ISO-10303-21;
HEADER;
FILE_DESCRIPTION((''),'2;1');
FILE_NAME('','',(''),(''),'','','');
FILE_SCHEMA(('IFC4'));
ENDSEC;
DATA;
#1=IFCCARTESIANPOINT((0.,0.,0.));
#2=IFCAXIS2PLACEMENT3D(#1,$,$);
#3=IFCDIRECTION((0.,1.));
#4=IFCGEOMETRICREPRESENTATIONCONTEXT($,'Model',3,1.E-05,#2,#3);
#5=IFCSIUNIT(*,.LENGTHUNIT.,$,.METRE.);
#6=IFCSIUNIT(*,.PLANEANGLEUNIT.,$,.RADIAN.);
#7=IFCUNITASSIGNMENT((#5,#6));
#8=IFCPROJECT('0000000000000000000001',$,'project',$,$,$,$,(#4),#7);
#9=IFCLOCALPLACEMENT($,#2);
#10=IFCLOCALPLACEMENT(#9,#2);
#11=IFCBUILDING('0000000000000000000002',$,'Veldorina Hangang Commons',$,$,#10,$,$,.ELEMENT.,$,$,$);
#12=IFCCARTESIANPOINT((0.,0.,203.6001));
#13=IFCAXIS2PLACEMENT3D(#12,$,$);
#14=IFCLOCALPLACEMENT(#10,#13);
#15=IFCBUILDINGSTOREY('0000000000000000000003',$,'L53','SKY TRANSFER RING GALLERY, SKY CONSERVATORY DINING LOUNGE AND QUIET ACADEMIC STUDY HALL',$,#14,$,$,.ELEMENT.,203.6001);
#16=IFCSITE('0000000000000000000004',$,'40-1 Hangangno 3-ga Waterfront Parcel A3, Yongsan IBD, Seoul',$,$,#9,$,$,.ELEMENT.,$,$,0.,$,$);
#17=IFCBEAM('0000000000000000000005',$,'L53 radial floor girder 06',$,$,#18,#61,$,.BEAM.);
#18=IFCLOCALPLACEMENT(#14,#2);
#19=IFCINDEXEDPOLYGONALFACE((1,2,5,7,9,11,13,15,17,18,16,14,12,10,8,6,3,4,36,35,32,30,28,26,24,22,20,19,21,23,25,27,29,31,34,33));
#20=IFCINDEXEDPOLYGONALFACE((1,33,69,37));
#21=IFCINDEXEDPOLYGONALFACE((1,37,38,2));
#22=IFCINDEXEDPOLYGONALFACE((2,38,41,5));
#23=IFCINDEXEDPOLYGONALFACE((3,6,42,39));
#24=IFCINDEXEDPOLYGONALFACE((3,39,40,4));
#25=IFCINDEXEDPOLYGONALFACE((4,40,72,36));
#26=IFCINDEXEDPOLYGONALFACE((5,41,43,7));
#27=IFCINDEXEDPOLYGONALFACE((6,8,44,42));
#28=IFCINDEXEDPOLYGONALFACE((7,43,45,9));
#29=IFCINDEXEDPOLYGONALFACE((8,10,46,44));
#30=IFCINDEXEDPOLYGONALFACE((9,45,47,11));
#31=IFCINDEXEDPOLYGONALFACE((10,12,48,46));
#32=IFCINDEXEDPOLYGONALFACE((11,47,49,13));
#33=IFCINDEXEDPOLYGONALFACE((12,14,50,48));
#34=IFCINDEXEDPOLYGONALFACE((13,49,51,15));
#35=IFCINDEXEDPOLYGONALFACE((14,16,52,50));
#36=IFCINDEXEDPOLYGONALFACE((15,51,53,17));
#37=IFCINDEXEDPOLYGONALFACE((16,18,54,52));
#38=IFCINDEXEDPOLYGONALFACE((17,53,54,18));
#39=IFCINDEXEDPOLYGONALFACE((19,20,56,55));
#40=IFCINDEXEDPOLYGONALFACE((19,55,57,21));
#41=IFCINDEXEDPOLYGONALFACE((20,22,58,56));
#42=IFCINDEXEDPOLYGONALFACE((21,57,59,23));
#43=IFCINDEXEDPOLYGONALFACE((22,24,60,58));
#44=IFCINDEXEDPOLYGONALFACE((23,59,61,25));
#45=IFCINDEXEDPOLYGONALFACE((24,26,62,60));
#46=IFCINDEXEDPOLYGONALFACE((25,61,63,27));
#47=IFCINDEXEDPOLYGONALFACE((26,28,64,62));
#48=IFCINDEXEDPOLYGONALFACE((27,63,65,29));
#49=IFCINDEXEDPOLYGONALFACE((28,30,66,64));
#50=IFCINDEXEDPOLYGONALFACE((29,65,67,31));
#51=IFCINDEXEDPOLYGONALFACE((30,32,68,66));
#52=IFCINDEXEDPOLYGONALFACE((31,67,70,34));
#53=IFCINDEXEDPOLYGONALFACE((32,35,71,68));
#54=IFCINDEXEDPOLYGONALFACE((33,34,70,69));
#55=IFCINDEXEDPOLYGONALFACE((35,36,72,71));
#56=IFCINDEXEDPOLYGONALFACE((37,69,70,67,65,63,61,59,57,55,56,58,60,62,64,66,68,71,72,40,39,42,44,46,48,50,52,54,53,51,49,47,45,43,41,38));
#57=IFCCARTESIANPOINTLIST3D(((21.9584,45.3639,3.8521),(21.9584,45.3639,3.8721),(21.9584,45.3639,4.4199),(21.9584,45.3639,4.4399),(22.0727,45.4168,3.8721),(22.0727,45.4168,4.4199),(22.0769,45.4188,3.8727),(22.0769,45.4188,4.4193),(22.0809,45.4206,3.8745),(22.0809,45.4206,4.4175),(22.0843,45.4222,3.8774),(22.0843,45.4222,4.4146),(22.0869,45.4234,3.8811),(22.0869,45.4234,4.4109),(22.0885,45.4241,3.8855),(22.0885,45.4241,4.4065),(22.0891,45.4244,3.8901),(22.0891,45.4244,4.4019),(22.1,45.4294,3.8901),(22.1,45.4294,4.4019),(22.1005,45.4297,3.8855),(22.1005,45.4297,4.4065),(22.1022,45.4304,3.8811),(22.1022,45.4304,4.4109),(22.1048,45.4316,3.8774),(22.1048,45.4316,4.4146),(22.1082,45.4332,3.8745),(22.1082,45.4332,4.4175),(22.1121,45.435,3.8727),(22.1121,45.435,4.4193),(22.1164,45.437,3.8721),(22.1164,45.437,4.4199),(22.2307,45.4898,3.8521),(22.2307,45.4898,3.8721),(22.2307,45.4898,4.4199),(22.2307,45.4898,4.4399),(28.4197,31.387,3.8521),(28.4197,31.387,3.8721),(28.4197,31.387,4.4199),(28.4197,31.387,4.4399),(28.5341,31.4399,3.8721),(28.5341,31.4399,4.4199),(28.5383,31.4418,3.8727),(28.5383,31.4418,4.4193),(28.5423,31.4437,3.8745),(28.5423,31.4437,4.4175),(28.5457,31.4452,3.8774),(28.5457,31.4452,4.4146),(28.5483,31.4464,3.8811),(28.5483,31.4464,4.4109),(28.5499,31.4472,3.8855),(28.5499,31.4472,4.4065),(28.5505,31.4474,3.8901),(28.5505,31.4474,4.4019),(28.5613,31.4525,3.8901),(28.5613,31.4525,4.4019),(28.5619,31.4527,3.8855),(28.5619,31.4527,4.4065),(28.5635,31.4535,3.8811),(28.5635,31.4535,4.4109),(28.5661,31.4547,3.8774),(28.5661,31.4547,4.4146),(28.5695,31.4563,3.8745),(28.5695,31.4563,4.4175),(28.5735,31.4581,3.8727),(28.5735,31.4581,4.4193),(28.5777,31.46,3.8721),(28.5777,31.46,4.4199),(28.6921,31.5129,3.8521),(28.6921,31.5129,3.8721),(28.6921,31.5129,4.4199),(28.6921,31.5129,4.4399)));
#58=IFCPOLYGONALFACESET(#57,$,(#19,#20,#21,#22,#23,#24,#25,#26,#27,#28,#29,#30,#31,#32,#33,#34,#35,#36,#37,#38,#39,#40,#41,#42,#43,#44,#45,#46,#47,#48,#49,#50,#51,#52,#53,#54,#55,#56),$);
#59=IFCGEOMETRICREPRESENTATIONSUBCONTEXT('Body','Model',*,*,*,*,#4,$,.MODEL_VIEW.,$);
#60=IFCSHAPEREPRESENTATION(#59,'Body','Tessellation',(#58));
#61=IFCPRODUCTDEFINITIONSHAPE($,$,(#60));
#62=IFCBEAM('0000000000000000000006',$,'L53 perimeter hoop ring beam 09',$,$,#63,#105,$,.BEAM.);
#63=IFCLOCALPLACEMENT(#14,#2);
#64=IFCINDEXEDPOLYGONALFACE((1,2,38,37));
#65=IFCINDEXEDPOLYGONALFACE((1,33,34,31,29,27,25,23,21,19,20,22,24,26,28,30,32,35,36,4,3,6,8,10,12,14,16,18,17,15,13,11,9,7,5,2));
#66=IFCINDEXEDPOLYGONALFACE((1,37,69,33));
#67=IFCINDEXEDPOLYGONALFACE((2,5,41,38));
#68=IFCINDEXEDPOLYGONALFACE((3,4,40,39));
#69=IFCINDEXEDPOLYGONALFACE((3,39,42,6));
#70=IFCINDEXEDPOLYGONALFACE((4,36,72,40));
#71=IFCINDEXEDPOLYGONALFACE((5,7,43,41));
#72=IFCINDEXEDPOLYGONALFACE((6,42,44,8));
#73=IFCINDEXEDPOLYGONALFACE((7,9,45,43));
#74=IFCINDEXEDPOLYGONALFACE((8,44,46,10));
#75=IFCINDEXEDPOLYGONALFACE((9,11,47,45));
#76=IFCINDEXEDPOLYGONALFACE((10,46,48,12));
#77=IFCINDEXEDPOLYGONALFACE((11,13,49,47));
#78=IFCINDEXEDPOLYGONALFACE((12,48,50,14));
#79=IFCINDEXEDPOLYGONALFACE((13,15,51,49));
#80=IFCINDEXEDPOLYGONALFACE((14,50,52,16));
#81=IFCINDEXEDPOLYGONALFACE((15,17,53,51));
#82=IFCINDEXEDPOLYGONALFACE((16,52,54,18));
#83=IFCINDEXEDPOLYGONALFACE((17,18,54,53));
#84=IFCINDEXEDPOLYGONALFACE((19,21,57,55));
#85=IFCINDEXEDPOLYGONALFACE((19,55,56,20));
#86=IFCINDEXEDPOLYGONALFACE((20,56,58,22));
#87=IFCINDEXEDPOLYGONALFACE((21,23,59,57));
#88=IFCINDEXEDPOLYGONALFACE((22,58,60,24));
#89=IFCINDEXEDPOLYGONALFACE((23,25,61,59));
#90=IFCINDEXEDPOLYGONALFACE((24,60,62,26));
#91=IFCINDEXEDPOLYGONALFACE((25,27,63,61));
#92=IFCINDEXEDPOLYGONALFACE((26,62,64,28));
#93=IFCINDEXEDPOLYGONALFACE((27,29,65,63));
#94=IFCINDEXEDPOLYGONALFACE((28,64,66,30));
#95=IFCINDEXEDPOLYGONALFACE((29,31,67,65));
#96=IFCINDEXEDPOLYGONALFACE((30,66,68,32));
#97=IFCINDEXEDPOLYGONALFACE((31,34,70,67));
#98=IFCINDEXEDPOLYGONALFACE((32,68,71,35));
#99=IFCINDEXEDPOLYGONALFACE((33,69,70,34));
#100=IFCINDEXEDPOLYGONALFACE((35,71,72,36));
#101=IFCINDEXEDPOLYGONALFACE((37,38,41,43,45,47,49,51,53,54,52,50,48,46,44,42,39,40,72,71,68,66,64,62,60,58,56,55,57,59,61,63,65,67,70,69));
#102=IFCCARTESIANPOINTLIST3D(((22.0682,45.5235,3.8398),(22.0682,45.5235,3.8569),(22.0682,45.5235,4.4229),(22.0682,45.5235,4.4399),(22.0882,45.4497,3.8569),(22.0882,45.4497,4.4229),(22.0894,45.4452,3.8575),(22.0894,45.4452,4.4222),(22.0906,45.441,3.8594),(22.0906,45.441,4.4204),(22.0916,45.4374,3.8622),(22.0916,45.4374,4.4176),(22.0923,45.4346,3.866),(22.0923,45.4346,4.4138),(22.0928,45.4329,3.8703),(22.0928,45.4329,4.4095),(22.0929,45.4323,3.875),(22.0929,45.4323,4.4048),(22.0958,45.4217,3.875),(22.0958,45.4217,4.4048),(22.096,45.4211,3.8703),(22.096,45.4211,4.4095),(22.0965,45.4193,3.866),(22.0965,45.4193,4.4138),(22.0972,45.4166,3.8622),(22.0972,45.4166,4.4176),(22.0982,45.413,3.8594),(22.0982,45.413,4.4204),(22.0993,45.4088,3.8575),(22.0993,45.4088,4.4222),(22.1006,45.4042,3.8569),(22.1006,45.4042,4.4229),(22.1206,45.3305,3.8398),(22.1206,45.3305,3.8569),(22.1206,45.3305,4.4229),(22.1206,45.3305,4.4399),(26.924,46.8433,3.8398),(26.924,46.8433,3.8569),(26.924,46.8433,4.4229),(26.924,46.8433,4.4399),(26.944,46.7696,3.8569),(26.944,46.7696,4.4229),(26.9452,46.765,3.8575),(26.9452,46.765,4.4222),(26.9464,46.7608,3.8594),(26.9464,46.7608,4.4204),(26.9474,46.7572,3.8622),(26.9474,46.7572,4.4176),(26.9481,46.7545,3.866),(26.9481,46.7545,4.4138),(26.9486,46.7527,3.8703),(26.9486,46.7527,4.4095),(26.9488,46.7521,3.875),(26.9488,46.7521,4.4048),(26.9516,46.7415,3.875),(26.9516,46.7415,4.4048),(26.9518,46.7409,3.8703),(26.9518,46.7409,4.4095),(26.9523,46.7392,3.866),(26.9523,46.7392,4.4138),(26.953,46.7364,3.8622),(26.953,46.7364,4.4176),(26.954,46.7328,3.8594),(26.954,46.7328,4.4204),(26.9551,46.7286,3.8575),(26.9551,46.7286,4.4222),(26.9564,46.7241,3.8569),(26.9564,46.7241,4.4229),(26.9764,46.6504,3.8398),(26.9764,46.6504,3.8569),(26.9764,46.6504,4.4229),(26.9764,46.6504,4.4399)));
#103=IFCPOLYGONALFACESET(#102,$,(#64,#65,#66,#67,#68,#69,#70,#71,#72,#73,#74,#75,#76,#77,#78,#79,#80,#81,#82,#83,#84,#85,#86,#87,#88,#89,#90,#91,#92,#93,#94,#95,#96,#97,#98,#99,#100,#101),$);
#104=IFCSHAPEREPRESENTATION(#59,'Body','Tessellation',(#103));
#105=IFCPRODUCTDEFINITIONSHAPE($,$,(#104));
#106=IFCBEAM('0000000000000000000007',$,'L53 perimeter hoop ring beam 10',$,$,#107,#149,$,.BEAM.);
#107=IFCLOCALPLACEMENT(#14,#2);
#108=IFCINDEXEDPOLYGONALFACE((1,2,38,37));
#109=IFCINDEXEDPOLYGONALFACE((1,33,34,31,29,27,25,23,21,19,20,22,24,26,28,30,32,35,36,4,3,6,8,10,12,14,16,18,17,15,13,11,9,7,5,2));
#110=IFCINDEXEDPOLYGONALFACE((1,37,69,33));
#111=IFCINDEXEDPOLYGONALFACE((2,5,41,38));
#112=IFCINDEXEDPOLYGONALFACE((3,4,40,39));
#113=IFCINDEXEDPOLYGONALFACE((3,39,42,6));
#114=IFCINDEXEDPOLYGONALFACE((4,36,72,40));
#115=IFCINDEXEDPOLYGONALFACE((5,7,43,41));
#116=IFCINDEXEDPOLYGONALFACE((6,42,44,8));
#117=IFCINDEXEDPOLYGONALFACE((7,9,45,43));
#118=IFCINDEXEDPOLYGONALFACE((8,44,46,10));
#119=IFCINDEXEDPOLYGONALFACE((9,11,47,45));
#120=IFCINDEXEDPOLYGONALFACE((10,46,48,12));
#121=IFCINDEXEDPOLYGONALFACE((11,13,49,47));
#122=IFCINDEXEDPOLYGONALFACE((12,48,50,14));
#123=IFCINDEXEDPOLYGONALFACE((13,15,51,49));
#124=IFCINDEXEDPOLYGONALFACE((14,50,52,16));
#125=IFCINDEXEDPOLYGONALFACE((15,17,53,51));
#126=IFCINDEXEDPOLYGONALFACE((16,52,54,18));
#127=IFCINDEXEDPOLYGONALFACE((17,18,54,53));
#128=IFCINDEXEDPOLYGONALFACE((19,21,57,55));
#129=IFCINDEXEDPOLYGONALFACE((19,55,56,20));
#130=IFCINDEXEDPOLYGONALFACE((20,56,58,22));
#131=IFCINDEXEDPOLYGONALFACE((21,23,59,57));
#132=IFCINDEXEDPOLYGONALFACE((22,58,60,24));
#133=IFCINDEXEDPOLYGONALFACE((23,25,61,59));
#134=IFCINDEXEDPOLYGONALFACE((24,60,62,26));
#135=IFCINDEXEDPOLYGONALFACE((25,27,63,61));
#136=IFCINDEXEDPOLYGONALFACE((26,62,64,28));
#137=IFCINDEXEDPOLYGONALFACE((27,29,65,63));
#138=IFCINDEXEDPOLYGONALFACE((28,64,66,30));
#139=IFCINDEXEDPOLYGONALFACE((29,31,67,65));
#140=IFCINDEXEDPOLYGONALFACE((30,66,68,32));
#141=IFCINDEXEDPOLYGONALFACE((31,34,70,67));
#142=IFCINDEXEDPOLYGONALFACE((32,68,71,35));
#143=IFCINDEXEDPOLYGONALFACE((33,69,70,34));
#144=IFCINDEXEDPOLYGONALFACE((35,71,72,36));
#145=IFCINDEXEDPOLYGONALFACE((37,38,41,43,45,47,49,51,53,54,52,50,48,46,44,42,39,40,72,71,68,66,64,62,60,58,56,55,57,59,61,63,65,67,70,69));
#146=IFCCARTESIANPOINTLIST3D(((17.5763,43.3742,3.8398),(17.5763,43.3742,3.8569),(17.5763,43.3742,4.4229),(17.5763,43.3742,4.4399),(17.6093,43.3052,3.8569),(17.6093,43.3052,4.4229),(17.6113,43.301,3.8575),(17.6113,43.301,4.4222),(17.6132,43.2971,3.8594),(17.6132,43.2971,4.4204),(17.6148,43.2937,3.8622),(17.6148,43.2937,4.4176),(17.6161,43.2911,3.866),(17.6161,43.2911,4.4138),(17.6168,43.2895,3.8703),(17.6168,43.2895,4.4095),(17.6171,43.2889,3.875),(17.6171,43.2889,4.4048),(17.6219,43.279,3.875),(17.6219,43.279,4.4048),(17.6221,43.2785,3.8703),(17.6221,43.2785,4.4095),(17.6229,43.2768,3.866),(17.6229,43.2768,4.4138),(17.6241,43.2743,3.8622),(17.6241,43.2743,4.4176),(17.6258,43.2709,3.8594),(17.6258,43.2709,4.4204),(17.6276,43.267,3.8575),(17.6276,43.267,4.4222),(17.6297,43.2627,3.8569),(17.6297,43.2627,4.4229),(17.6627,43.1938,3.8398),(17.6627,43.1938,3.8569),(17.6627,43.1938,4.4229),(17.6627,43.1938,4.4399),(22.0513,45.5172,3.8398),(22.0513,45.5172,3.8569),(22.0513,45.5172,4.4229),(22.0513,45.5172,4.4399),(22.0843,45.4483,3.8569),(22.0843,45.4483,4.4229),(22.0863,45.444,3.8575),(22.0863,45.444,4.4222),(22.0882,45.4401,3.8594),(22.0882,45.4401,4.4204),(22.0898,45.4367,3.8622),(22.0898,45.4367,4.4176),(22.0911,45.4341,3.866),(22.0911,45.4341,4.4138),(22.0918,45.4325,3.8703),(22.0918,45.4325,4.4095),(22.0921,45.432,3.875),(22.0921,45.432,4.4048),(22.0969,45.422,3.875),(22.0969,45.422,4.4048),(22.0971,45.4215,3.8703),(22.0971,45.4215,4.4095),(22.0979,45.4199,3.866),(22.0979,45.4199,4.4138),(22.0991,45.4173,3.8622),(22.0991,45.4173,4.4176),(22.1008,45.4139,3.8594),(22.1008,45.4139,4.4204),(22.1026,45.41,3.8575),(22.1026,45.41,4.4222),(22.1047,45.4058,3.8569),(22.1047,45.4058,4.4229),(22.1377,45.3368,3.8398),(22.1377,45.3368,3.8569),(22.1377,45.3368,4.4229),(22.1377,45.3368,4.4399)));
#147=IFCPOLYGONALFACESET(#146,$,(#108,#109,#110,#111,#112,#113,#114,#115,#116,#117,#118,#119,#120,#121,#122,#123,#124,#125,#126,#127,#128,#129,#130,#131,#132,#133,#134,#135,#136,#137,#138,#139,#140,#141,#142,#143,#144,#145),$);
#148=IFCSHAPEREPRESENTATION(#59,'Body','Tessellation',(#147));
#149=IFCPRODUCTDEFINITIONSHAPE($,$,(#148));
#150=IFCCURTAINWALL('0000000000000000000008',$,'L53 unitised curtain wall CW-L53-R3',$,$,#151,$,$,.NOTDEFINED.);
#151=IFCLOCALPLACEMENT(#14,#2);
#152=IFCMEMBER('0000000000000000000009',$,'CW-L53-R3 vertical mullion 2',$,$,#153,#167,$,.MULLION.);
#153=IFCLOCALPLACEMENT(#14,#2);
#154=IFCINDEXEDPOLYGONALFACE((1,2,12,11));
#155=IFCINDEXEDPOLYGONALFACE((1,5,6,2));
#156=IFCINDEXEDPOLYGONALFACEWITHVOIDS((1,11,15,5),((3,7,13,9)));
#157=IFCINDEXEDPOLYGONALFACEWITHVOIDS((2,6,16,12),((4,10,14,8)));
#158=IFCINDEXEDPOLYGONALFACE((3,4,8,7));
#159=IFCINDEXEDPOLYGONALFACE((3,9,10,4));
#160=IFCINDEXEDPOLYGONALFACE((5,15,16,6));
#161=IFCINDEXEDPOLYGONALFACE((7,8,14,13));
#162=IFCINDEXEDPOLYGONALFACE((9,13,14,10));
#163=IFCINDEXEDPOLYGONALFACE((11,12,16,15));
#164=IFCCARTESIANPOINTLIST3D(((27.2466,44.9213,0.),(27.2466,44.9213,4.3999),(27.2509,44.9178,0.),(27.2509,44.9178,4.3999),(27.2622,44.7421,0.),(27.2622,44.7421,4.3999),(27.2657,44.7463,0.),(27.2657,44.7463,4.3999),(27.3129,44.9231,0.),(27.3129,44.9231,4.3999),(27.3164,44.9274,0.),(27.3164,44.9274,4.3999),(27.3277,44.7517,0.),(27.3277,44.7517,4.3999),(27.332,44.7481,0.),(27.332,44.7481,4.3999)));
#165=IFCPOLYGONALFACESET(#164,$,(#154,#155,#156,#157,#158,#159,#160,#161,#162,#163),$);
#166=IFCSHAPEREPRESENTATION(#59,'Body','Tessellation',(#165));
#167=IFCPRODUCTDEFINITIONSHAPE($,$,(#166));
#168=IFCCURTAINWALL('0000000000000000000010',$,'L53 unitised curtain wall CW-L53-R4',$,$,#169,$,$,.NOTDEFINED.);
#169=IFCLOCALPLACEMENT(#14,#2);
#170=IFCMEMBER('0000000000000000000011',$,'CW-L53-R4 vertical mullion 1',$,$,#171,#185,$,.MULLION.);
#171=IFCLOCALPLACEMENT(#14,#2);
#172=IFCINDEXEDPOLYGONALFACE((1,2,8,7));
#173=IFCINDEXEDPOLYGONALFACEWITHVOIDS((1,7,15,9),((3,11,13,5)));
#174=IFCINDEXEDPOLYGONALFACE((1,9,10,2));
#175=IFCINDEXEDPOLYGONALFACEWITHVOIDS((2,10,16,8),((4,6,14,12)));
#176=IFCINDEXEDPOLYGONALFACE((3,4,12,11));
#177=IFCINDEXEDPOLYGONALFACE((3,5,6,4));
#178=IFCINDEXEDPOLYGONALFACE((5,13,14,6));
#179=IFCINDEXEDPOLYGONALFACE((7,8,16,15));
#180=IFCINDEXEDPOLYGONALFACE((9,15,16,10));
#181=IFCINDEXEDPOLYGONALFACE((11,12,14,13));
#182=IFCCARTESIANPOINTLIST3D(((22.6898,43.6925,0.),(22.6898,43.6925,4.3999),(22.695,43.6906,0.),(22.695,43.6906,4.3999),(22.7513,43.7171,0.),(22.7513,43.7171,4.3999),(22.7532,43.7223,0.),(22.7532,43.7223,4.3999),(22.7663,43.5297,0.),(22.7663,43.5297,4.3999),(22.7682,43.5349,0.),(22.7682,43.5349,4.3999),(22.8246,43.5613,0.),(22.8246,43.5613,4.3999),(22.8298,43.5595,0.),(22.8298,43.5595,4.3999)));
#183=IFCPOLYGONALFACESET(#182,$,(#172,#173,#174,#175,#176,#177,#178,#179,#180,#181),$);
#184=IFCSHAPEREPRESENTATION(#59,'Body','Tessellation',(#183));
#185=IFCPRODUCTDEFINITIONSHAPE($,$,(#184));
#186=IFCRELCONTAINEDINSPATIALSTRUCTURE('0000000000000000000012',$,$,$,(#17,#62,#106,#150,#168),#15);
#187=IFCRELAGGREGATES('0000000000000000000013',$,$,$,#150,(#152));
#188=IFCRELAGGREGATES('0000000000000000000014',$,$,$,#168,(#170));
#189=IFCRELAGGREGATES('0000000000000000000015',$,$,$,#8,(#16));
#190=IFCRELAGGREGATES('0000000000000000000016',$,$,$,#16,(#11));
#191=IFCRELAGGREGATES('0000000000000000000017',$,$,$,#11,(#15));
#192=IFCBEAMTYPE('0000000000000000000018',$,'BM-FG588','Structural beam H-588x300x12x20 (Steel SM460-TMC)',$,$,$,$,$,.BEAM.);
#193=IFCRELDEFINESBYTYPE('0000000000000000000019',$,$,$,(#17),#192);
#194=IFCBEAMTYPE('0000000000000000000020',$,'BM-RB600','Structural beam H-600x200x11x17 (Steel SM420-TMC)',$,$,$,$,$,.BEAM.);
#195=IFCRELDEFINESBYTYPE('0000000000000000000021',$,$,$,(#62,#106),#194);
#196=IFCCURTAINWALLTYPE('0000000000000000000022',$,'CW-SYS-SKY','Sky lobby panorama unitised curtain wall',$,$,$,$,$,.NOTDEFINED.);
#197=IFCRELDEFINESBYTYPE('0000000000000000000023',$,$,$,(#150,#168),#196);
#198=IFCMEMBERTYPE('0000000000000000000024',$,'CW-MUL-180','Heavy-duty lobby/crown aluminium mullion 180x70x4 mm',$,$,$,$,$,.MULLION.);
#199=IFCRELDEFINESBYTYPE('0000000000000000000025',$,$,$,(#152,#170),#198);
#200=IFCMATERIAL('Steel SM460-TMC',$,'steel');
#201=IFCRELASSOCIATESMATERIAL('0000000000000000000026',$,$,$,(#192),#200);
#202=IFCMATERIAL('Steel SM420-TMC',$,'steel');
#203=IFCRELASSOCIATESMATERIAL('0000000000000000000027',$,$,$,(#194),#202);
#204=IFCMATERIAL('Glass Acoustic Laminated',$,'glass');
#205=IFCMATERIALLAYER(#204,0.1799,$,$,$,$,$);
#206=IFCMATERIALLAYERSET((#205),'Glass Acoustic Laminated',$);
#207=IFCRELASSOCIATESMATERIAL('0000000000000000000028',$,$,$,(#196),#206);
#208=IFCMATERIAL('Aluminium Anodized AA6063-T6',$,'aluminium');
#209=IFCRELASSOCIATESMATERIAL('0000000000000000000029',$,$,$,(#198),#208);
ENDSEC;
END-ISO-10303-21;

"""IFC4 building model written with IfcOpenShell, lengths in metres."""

from ifc_helpers import new_model, si_unit, direction, frame, origin, origin_2d, place, context, subcontext, project, spatial, hollow_rectangle, i_section, extrude, material, layer, layer_set, material_profile, profile_set, type_object, element, aggregate, save


model = new_model("IFC4")

# Units and contexts
model_context = context("Model", 3, precision=1e-05, world=origin(), true_north=direction((0.0, 1.0)))
body_context = subcontext(model_context, "Body", "Model", "MODEL_VIEW")
ifc_project = project(units=[si_unit("LENGTHUNIT", "METRE"), si_unit("PLANEANGLEUNIT", "RADIAN")], contexts=[model_context])

# Site, building, storey
site_placement = place(None, origin())
site = spatial("IfcSite", under=ifc_project, at=site_placement, Name="40-1 Hangangno 3-ga Waterfront Parcel A3, Yongsan IBD, Seoul", CompositionType="ELEMENT", RefElevation=0.0)
building_placement = place(site_placement, origin())
building = spatial("IfcBuilding", under=site, at=building_placement, Name="Veldorina Hangang Commons", CompositionType="ELEMENT")
storey_placement = place(building_placement, frame((0.0, 0.0, 203.6001)))
storey = spatial("IfcBuildingStorey", under=building, at=storey_placement, Name="L53", Description="SKY TRANSFER RING GALLERY, SKY CONSERVATORY DINING LOUNGE AND QUIET ACADEMIC STUDY HALL", CompositionType="ELEMENT", Elevation=203.6001)

# Beams
ifc_material_1 = material(Name="Steel SM460-TMC", Category="steel")
ifc_material_profile_1 = material_profile(ifc_material_1, i_section(OverallWidth=0.3, OverallDepth=0.5879, WebThickness=0.012, FlangeThickness=0.02, FilletRadius=0.0181, at=origin_2d()), Name="H-588x300x12x20")
ifc_profile_set_1 = profile_set([ifc_material_profile_1], Name="Steel SM460-TMC")
beam_type_1 = type_object("IfcBeamType", Name="BM-FG588", Description="Structural beam H-588x300x12x20 (Steel SM460-TMC)", PredefinedType="BEAM", material=ifc_profile_set_1)
beam_1_placement = place(storey_placement, frame((28.5559, 31.45, 4.146), z_axis=(-0.419619, 0.9077, 0.0), x_axis=(-0.9077, -0.419619, 0.0)))
element("IfcBeam", 1, at=beam_1_placement, inside=storey, type_object=beam_type_1, Name="L53 radial floor girder 06", PredefinedType="BEAM", context=body_context, shape_type="SweptSolid", body=[
    extrude(i_section(OverallWidth=0.3, OverallDepth=0.5879, WebThickness=0.012, FlangeThickness=0.02, FilletRadius=0.0181, at=origin_2d()), origin(), (0.0, 0.0, 1.0), 15.3982),
])
ifc_material_2 = material(Name="Steel SM420-TMC", Category="steel")
ifc_material_profile_2 = material_profile(ifc_material_2, i_section(OverallWidth=0.2, OverallDepth=0.6001, WebThickness=0.011, FlangeThickness=0.0171, FilletRadius=0.0181, at=origin_2d()), Name="H-600x200x11x17")
ifc_profile_set_2 = profile_set([ifc_material_profile_2], Name="Steel SM420-TMC")
beam_type_2 = type_object("IfcBeamType", Name="BM-RB600", Description="Structural beam H-600x200x11x17 (Steel SM420-TMC)", PredefinedType="BEAM", material=ifc_profile_set_2)
beam_2_placement = place(storey_placement, frame((26.9502, 46.7468, 4.1399), z_axis=(-0.964989, -0.262292, 0.0), x_axis=(0.262292, -0.964989, 0.0)))
element("IfcBeam", 2, at=beam_2_placement, inside=storey, type_object=beam_type_2, Name="L53 perimeter hoop ring beam 09", PredefinedType="BEAM", context=body_context, shape_type="SweptSolid", body=[
    extrude(i_section(OverallWidth=0.2, OverallDepth=0.6001, WebThickness=0.011, FlangeThickness=0.0171, FilletRadius=0.0181, at=origin_2d()), origin(), (0.0, 0.0, 1.0), 5.032),
])
beam_3_placement = place(storey_placement, frame((22.0945, 45.427, 4.1399), z_axis=(-0.901914, -0.431915, 0.0), x_axis=(0.431915, -0.901914, 0.0)))
element("IfcBeam", 3, at=beam_3_placement, inside=storey, type_object=beam_type_2, Name="L53 perimeter hoop ring beam 10", PredefinedType="BEAM", context=body_context, shape_type="SweptSolid", body=[
    extrude(i_section(OverallWidth=0.2, OverallDepth=0.6001, WebThickness=0.011, FlangeThickness=0.0171, FilletRadius=0.0181, at=origin_2d()), origin(), (0.0, 0.0, 1.0), 4.9617),
])

# Curtain wall, member
ifc_material_3 = material(Name="Glass Acoustic Laminated", Category="glass")
ifc_layer_1 = layer(ifc_material_3, 0.1799)
ifc_layer_set_1 = layer_set([ifc_layer_1], Name="Glass Acoustic Laminated")
curtain_wall_type = type_object("IfcCurtainWallType", Name="CW-SYS-SKY", Description="Sky lobby panorama unitised curtain wall", PredefinedType="NOTDEFINED", material=ifc_layer_set_1)
curtain_wall_1_placement = place(storey_placement, origin())
curtain_wall_1 = element("IfcCurtainWall", 4, at=curtain_wall_1_placement, inside=storey, type_object=curtain_wall_type, Name="L53 unitised curtain wall CW-L53-R3", PredefinedType="NOTDEFINED")
ifc_material_4 = material(Name="Aluminium Anodized AA6063-T6", Category="aluminium")
ifc_material_profile_3 = material_profile(ifc_material_4, hollow_rectangle(XDim=0.0701, YDim=0.1799, WallThickness=0.0039, at=origin_2d()), Name="ALU-RHS-180x70x4")
ifc_profile_set_3 = profile_set([ifc_material_profile_3], Name="Aluminium Anodized AA6063-T6")
member_type_1 = type_object("IfcMemberType", Name="CW-MUL-180", Description="Heavy-duty lobby/crown aluminium mullion 180x70x4 mm", PredefinedType="MULLION", material=ifc_profile_set_3)
member_1_placement = place(storey_placement, frame((27.2893, 44.8347, 0.0), z_axis=(0.0, 0.0, 1.0), x_axis=(0.996266, 0.086339, 0.0)))
member_1 = element("IfcMember", 5, at=member_1_placement, type_object=member_type_1, Name="CW-L53-R3 vertical mullion 2", PredefinedType="MULLION", context=body_context, shape_type="SweptSolid", body=[
    extrude(hollow_rectangle(XDim=0.0701, YDim=0.1799, WallThickness=0.0039, at=origin_2d()), origin(), (0.0, 0.0, 1.0), 4.3999),
])

# Curtain wall, member
curtain_wall_2_placement = place(storey_placement, origin())
curtain_wall_2 = element("IfcCurtainWall", 6, at=curtain_wall_2_placement, inside=storey, type_object=curtain_wall_type, Name="L53 unitised curtain wall CW-L53-R4", PredefinedType="NOTDEFINED")
member_2_placement = place(storey_placement, frame((22.7598, 43.626, 0.0), z_axis=(0.0, 0.0, 1.0), x_axis=(-0.904938, -0.425542, 0.0)))
member_2 = element("IfcMember", 7, at=member_2_placement, type_object=member_type_1, Name="CW-L53-R4 vertical mullion 1", PredefinedType="MULLION", context=body_context, shape_type="SweptSolid", body=[
    extrude(hollow_rectangle(XDim=0.0701, YDim=0.1799, WallThickness=0.0039, at=origin_2d()), origin(), (0.0, 0.0, 1.0), 4.3999),
])

aggregate(curtain_wall_1, [member_1])
aggregate(curtain_wall_2, [member_2])

save(model, "model.ifc")
